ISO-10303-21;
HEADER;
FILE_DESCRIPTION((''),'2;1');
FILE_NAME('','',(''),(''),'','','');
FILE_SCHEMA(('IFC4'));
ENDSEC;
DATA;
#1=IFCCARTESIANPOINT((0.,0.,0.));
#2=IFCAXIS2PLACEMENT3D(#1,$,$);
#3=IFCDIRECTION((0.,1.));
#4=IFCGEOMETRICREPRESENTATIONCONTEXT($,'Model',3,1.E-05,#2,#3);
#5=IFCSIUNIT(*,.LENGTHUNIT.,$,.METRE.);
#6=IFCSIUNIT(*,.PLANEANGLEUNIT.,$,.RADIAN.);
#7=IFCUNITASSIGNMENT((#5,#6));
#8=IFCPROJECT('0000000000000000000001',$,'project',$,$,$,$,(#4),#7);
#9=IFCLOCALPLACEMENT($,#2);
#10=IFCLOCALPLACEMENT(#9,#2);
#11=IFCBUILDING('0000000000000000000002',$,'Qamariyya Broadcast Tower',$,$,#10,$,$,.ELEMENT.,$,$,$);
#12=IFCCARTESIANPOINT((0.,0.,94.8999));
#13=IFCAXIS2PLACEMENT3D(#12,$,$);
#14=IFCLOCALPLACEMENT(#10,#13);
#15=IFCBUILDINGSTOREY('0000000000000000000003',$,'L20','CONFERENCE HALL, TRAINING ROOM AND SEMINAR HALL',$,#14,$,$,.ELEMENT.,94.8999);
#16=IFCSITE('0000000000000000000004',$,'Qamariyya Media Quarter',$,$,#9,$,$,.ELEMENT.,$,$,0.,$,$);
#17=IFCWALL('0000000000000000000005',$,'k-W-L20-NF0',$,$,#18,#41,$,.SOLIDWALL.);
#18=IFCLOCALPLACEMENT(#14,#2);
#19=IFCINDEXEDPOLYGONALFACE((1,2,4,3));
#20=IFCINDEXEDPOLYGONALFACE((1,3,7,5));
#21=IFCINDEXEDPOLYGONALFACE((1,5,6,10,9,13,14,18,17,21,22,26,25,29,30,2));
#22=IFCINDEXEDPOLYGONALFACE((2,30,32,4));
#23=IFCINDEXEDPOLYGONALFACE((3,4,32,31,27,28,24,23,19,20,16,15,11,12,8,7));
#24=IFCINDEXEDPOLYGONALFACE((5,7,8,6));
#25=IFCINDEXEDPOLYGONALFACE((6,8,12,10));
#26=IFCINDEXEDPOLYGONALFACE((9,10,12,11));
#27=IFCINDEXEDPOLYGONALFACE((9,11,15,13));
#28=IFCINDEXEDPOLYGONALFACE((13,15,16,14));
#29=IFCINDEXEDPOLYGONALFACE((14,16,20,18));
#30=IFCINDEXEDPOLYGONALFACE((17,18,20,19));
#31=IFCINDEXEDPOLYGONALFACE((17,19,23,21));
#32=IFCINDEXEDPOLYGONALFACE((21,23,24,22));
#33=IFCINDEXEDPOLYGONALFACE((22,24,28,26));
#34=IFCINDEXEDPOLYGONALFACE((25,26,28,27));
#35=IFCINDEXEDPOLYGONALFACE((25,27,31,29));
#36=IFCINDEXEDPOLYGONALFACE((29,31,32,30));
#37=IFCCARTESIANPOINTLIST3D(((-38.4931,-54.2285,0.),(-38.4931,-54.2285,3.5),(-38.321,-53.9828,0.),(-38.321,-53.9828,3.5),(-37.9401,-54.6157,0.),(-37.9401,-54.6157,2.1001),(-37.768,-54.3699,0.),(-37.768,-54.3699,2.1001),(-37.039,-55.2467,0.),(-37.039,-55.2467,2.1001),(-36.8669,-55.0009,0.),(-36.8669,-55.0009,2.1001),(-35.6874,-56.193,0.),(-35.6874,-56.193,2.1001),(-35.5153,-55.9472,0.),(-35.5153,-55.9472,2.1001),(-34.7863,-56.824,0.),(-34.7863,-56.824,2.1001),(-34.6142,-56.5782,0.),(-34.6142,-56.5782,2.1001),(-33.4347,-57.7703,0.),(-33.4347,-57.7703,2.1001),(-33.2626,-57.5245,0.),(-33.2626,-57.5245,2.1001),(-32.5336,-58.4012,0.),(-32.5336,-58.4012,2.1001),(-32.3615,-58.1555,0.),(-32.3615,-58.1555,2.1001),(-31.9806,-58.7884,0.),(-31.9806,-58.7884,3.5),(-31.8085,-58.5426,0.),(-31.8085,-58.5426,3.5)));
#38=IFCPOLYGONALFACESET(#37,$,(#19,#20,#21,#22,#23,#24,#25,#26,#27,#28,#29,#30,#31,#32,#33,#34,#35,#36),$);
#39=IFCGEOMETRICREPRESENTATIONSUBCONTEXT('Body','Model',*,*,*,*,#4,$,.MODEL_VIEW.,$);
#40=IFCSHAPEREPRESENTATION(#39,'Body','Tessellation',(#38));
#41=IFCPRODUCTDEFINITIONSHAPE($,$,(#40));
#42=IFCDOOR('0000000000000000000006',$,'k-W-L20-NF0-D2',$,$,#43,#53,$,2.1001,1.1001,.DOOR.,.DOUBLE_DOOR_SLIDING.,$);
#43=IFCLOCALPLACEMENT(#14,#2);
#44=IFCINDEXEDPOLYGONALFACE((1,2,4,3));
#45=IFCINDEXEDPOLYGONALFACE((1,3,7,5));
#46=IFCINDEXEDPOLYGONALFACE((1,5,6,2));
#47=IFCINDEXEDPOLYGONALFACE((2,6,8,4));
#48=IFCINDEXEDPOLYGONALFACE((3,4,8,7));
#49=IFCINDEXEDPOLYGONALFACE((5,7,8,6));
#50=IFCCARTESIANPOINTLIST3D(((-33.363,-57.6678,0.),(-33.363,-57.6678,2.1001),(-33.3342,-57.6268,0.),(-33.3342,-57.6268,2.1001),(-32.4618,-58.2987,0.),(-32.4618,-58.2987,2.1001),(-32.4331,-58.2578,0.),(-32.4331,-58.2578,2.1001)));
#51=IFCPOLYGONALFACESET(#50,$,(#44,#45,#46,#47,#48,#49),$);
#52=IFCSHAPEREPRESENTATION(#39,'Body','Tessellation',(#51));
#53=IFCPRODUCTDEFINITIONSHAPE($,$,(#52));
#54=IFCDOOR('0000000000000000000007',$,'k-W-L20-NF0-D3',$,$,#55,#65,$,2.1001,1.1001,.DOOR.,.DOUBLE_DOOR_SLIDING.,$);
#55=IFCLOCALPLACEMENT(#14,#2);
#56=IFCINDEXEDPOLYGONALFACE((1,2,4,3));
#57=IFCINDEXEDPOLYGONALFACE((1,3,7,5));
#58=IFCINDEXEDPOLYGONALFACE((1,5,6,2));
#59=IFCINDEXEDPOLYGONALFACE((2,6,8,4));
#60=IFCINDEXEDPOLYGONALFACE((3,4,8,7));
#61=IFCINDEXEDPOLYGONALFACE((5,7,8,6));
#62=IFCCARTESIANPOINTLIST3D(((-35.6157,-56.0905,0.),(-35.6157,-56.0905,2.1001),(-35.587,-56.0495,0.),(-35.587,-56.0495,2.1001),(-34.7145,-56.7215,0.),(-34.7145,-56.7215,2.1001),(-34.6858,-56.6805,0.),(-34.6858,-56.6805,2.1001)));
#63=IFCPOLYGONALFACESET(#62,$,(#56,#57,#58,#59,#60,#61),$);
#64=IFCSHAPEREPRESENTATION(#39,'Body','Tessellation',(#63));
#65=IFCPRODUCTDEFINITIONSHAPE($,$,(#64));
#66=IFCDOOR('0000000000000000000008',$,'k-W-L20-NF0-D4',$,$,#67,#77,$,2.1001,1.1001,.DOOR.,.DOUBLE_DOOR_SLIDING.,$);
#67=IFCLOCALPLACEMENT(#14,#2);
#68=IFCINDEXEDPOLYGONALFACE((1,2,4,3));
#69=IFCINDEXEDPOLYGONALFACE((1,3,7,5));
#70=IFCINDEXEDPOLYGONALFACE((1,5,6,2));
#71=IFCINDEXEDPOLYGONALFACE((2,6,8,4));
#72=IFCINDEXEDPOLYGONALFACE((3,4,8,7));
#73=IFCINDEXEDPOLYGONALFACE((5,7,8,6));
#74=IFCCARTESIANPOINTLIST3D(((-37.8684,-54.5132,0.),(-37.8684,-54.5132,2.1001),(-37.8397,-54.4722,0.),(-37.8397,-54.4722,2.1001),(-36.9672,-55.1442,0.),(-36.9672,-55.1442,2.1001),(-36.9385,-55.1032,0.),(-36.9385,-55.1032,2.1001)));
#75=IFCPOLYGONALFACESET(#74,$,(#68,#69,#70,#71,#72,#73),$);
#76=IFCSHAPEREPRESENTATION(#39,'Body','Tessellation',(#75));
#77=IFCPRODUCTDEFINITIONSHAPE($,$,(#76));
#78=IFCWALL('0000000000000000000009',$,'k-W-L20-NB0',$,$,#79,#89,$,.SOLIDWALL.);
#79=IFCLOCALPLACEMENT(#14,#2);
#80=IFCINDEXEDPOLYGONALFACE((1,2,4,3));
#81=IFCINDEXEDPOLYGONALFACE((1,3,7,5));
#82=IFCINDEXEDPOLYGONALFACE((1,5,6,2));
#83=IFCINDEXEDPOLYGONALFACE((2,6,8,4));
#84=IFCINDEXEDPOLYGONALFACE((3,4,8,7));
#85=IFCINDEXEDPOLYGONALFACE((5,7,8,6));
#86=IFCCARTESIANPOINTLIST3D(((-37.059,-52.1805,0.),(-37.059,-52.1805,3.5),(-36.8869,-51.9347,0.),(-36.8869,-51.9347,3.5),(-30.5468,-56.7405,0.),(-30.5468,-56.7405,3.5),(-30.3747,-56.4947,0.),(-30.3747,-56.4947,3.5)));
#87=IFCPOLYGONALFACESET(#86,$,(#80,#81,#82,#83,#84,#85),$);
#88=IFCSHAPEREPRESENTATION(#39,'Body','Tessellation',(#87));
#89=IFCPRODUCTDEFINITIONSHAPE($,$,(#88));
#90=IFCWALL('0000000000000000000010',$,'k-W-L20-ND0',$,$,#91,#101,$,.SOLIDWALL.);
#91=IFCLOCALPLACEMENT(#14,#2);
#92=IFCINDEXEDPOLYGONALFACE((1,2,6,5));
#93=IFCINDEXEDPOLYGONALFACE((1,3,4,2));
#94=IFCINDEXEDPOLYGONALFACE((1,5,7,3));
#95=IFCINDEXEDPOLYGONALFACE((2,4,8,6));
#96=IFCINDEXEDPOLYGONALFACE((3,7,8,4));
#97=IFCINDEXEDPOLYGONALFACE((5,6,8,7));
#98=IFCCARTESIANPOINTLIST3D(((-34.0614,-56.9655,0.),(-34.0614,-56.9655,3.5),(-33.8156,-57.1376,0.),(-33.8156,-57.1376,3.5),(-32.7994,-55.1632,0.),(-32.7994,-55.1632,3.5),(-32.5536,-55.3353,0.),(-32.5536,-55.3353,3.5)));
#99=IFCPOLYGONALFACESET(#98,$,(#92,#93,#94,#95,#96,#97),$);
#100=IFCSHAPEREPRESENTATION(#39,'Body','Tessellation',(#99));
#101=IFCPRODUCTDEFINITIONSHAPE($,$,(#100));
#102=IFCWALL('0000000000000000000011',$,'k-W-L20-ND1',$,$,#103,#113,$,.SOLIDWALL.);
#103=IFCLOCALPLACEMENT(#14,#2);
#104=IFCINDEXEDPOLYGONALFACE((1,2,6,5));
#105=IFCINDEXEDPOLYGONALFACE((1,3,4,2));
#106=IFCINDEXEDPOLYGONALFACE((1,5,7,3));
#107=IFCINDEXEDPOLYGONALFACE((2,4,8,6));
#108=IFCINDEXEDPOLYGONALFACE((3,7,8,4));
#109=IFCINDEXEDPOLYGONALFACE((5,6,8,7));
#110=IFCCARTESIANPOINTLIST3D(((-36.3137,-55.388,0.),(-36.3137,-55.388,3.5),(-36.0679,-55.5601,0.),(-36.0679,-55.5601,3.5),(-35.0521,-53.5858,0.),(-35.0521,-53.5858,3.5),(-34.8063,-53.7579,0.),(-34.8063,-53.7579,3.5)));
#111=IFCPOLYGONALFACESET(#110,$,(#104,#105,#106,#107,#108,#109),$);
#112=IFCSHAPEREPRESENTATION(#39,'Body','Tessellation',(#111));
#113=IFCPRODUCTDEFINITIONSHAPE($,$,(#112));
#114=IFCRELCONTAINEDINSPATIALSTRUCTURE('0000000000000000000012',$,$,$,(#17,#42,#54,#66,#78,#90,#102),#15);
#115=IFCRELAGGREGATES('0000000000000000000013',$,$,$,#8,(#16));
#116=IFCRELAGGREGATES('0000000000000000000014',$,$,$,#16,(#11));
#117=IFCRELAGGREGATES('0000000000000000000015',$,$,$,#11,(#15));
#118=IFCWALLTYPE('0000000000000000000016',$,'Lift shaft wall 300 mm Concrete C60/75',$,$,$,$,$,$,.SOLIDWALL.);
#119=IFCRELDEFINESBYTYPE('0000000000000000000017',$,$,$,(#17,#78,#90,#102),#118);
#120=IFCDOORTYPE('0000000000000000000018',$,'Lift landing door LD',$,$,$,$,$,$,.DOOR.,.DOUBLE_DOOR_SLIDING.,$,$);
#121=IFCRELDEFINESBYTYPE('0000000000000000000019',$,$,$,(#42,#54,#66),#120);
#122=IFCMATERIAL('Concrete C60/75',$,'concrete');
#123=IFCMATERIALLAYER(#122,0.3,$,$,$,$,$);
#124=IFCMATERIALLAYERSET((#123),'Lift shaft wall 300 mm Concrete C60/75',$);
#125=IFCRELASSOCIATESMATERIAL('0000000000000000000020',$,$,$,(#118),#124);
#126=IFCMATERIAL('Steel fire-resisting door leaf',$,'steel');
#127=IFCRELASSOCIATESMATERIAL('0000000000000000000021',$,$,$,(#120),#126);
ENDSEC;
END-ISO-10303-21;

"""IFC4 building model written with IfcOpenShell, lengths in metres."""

from ifc_helpers import new_model, si_unit, direction, frame, frame_2d, origin, place, context, subcontext, project, spatial, rectangle, extrude, material, layer, layer_set, type_object, element, fill, save


model = new_model("IFC4")

# Units and contexts
model_context = context("Model", 3, precision=1e-05, world=origin(), true_north=direction((0.0, 1.0)))
body_context = subcontext(model_context, "Body", "Model", "MODEL_VIEW")
ifc_project = project(units=[si_unit("LENGTHUNIT", "METRE"), si_unit("PLANEANGLEUNIT", "RADIAN")], contexts=[model_context])

# Site, building, storey
site_placement = place(None, origin())
site = spatial("IfcSite", under=ifc_project, at=site_placement, Name="Qamariyya Media Quarter", CompositionType="ELEMENT", RefElevation=0.0)
building_placement = place(site_placement, origin())
building = spatial("IfcBuilding", under=site, at=building_placement, Name="Qamariyya Broadcast Tower", CompositionType="ELEMENT")
storey_placement = place(building_placement, frame((0.0, 0.0, 94.8999)))
storey = spatial("IfcBuildingStorey", under=building, at=storey_placement, Name="L20", Description="CONFERENCE HALL, TRAINING ROOM AND SEMINAR HALL", CompositionType="ELEMENT", Elevation=94.8999)

# Wall, openings, doors
ifc_material_1 = material(Name="Concrete C60/75", Category="concrete")
ifc_layer_1 = layer(ifc_material_1, 0.3)
ifc_layer_set_1 = layer_set([ifc_layer_1], Name="Lift shaft wall 300 mm Concrete C60/75")
wall_type_1 = type_object("IfcWallType", Name="Lift shaft wall 300 mm Concrete C60/75", PredefinedType="SOLIDWALL", material=ifc_layer_set_1)
wall_1_placement = place(storey_placement, frame((-31.8945, -58.6655, 0.0), z_axis=(0.0, 0.0, 1.0), x_axis=(-0.819167, 0.573555, 0.0)))
wall_1 = element("IfcWall", 1, at=wall_1_placement, inside=storey, type_object=wall_type_1, Name="k-W-L20-NF0", PredefinedType="SOLIDWALL", context=body_context, shape_type="SweptSolid", body=[
    extrude(rectangle(XDim=7.9502, YDim=0.3, at=frame_2d((3.9751, 0.0))), origin(), (0.0, 0.0, 1.0), 3.5),
])
opening_1_placement = place(wall_1_placement, frame((0.675, 0.0, 0.0)))
opening_1 = element("IfcOpeningElement", 2, at=opening_1_placement, cuts=wall_1, PredefinedType="OPENING", context=body_context, shape_type="SweptSolid", body=[
    extrude(rectangle(XDim=1.1001, YDim=2.1001, at=frame_2d((0.55, 1.05))), frame((0.0, 0.1599, 0.0), z_axis=(0.0, -1.0, 0.0), x_axis=(1.0, 0.0, 0.0)), (0.0, 0.0, 1.0), 0.3201),
])
opening_2_placement = place(wall_1_placement, frame((3.425, 0.0, 0.0)))
opening_2 = element("IfcOpeningElement", 3, at=opening_2_placement, cuts=wall_1, PredefinedType="OPENING", context=body_context, shape_type="SweptSolid", body=[
    extrude(rectangle(XDim=1.1001, YDim=2.1001, at=frame_2d((0.55, 1.05))), frame((0.0, 0.1599, 0.0), z_axis=(0.0, -1.0, 0.0), x_axis=(1.0, 0.0, 0.0)), (0.0, 0.0, 1.0), 0.3201),
])
opening_3_placement = place(wall_1_placement, frame((6.175, 0.0, 0.0)))
opening_3 = element("IfcOpeningElement", 4, at=opening_3_placement, cuts=wall_1, PredefinedType="OPENING", context=body_context, shape_type="SweptSolid", body=[
    extrude(rectangle(XDim=1.1001, YDim=2.1001, at=frame_2d((0.55, 1.05))), frame((0.0, 0.1599, 0.0), z_axis=(0.0, -1.0, 0.0), x_axis=(1.0, 0.0, 0.0)), (0.0, 0.0, 1.0), 0.3201),
])
ifc_material_2 = material(Name="Steel fire-resisting door leaf", Category="steel")
door_type_1 = type_object("IfcDoorType", Name="Lift landing door LD", OperationType="DOUBLE_DOOR_SLIDING", PredefinedType="DOOR", material=ifc_material_2)
door_1_placement = place(opening_1_placement, origin())
door_1 = element("IfcDoor", 5, at=door_1_placement, inside=storey, type_object=door_type_1, Name="k-W-L20-NF0-D2", OperationType="DOUBLE_DOOR_SLIDING", OverallHeight=2.1001, OverallWidth=1.1001, PredefinedType="DOOR", context=body_context, shape_type="SweptSolid", body=[
    extrude(rectangle(XDim=1.1001, YDim=2.1001, at=frame_2d((0.55, 1.05))), frame((0.0, 0.0249, 0.0), z_axis=(0.0, -1.0, 0.0), x_axis=(1.0, 0.0, 0.0)), (0.0, 0.0, 1.0), 0.05),
])
fill(opening_1, door_1)
door_2_placement = place(opening_2_placement, origin())
door_2 = element("IfcDoor", 6, at=door_2_placement, inside=storey, type_object=door_type_1, Name="k-W-L20-NF0-D3", OperationType="DOUBLE_DOOR_SLIDING", OverallHeight=2.1001, OverallWidth=1.1001, PredefinedType="DOOR", context=body_context, shape_type="SweptSolid", body=[
    extrude(rectangle(XDim=1.1001, YDim=2.1001, at=frame_2d((0.55, 1.05))), frame((0.0, 0.0249, 0.0), z_axis=(0.0, -1.0, 0.0), x_axis=(1.0, 0.0, 0.0)), (0.0, 0.0, 1.0), 0.05),
])
fill(opening_2, door_2)
door_3_placement = place(opening_3_placement, origin())
door_3 = element("IfcDoor", 7, at=door_3_placement, inside=storey, type_object=door_type_1, Name="k-W-L20-NF0-D4", OperationType="DOUBLE_DOOR_SLIDING", OverallHeight=2.1001, OverallWidth=1.1001, PredefinedType="DOOR", context=body_context, shape_type="SweptSolid", body=[
    extrude(rectangle(XDim=1.1001, YDim=2.1001, at=frame_2d((0.55, 1.05))), frame((0.0, 0.0249, 0.0), z_axis=(0.0, -1.0, 0.0), x_axis=(1.0, 0.0, 0.0)), (0.0, 0.0, 1.0), 0.05),
])
fill(opening_3, door_3)

# Walls
wall_2_placement = place(storey_placement, frame((-30.4607, -56.6177, 0.0), z_axis=(0.0, 0.0, 1.0), x_axis=(-0.819142, 0.57359, 0.0)))
element("IfcWall", 8, at=wall_2_placement, inside=storey, type_object=wall_type_1, Name="k-W-L20-NB0", PredefinedType="SOLIDWALL", context=body_context, shape_type="SweptSolid", body=[
    extrude(rectangle(XDim=7.95, YDim=0.3, at=frame_2d((3.9751, 0.0))), origin(), (0.0, 0.0, 1.0), 3.5),
])
wall_3_placement = place(storey_placement, frame((-33.9385, -57.0515, 0.0), z_axis=(0.0, 0.0, 1.0), x_axis=(0.573581, 0.819149, 0.0)))
element("IfcWall", 9, at=wall_3_placement, inside=storey, type_object=wall_type_1, Name="k-W-L20-ND0", PredefinedType="SOLIDWALL", context=body_context, shape_type="SweptSolid", body=[
    extrude(rectangle(XDim=2.2002, YDim=0.3, at=frame_2d((1.1001, 0.0))), origin(), (0.0, 0.0, 1.0), 3.5),
])
wall_4_placement = place(storey_placement, frame((-36.1909, -55.4741, 0.0), z_axis=(0.0, 0.0, 1.0), x_axis=(0.573507, 0.819201, 0.0)))
element("IfcWall", 10, at=wall_4_placement, inside=storey, type_object=wall_type_1, Name="k-W-L20-ND1", PredefinedType="SOLIDWALL", context=body_context, shape_type="SweptSolid", body=[
    extrude(rectangle(XDim=2.2, YDim=0.3, at=frame_2d((1.1001, 0.0))), origin(), (0.0, 0.0, 1.0), 3.5),
])

save(model, "model.ifc")
